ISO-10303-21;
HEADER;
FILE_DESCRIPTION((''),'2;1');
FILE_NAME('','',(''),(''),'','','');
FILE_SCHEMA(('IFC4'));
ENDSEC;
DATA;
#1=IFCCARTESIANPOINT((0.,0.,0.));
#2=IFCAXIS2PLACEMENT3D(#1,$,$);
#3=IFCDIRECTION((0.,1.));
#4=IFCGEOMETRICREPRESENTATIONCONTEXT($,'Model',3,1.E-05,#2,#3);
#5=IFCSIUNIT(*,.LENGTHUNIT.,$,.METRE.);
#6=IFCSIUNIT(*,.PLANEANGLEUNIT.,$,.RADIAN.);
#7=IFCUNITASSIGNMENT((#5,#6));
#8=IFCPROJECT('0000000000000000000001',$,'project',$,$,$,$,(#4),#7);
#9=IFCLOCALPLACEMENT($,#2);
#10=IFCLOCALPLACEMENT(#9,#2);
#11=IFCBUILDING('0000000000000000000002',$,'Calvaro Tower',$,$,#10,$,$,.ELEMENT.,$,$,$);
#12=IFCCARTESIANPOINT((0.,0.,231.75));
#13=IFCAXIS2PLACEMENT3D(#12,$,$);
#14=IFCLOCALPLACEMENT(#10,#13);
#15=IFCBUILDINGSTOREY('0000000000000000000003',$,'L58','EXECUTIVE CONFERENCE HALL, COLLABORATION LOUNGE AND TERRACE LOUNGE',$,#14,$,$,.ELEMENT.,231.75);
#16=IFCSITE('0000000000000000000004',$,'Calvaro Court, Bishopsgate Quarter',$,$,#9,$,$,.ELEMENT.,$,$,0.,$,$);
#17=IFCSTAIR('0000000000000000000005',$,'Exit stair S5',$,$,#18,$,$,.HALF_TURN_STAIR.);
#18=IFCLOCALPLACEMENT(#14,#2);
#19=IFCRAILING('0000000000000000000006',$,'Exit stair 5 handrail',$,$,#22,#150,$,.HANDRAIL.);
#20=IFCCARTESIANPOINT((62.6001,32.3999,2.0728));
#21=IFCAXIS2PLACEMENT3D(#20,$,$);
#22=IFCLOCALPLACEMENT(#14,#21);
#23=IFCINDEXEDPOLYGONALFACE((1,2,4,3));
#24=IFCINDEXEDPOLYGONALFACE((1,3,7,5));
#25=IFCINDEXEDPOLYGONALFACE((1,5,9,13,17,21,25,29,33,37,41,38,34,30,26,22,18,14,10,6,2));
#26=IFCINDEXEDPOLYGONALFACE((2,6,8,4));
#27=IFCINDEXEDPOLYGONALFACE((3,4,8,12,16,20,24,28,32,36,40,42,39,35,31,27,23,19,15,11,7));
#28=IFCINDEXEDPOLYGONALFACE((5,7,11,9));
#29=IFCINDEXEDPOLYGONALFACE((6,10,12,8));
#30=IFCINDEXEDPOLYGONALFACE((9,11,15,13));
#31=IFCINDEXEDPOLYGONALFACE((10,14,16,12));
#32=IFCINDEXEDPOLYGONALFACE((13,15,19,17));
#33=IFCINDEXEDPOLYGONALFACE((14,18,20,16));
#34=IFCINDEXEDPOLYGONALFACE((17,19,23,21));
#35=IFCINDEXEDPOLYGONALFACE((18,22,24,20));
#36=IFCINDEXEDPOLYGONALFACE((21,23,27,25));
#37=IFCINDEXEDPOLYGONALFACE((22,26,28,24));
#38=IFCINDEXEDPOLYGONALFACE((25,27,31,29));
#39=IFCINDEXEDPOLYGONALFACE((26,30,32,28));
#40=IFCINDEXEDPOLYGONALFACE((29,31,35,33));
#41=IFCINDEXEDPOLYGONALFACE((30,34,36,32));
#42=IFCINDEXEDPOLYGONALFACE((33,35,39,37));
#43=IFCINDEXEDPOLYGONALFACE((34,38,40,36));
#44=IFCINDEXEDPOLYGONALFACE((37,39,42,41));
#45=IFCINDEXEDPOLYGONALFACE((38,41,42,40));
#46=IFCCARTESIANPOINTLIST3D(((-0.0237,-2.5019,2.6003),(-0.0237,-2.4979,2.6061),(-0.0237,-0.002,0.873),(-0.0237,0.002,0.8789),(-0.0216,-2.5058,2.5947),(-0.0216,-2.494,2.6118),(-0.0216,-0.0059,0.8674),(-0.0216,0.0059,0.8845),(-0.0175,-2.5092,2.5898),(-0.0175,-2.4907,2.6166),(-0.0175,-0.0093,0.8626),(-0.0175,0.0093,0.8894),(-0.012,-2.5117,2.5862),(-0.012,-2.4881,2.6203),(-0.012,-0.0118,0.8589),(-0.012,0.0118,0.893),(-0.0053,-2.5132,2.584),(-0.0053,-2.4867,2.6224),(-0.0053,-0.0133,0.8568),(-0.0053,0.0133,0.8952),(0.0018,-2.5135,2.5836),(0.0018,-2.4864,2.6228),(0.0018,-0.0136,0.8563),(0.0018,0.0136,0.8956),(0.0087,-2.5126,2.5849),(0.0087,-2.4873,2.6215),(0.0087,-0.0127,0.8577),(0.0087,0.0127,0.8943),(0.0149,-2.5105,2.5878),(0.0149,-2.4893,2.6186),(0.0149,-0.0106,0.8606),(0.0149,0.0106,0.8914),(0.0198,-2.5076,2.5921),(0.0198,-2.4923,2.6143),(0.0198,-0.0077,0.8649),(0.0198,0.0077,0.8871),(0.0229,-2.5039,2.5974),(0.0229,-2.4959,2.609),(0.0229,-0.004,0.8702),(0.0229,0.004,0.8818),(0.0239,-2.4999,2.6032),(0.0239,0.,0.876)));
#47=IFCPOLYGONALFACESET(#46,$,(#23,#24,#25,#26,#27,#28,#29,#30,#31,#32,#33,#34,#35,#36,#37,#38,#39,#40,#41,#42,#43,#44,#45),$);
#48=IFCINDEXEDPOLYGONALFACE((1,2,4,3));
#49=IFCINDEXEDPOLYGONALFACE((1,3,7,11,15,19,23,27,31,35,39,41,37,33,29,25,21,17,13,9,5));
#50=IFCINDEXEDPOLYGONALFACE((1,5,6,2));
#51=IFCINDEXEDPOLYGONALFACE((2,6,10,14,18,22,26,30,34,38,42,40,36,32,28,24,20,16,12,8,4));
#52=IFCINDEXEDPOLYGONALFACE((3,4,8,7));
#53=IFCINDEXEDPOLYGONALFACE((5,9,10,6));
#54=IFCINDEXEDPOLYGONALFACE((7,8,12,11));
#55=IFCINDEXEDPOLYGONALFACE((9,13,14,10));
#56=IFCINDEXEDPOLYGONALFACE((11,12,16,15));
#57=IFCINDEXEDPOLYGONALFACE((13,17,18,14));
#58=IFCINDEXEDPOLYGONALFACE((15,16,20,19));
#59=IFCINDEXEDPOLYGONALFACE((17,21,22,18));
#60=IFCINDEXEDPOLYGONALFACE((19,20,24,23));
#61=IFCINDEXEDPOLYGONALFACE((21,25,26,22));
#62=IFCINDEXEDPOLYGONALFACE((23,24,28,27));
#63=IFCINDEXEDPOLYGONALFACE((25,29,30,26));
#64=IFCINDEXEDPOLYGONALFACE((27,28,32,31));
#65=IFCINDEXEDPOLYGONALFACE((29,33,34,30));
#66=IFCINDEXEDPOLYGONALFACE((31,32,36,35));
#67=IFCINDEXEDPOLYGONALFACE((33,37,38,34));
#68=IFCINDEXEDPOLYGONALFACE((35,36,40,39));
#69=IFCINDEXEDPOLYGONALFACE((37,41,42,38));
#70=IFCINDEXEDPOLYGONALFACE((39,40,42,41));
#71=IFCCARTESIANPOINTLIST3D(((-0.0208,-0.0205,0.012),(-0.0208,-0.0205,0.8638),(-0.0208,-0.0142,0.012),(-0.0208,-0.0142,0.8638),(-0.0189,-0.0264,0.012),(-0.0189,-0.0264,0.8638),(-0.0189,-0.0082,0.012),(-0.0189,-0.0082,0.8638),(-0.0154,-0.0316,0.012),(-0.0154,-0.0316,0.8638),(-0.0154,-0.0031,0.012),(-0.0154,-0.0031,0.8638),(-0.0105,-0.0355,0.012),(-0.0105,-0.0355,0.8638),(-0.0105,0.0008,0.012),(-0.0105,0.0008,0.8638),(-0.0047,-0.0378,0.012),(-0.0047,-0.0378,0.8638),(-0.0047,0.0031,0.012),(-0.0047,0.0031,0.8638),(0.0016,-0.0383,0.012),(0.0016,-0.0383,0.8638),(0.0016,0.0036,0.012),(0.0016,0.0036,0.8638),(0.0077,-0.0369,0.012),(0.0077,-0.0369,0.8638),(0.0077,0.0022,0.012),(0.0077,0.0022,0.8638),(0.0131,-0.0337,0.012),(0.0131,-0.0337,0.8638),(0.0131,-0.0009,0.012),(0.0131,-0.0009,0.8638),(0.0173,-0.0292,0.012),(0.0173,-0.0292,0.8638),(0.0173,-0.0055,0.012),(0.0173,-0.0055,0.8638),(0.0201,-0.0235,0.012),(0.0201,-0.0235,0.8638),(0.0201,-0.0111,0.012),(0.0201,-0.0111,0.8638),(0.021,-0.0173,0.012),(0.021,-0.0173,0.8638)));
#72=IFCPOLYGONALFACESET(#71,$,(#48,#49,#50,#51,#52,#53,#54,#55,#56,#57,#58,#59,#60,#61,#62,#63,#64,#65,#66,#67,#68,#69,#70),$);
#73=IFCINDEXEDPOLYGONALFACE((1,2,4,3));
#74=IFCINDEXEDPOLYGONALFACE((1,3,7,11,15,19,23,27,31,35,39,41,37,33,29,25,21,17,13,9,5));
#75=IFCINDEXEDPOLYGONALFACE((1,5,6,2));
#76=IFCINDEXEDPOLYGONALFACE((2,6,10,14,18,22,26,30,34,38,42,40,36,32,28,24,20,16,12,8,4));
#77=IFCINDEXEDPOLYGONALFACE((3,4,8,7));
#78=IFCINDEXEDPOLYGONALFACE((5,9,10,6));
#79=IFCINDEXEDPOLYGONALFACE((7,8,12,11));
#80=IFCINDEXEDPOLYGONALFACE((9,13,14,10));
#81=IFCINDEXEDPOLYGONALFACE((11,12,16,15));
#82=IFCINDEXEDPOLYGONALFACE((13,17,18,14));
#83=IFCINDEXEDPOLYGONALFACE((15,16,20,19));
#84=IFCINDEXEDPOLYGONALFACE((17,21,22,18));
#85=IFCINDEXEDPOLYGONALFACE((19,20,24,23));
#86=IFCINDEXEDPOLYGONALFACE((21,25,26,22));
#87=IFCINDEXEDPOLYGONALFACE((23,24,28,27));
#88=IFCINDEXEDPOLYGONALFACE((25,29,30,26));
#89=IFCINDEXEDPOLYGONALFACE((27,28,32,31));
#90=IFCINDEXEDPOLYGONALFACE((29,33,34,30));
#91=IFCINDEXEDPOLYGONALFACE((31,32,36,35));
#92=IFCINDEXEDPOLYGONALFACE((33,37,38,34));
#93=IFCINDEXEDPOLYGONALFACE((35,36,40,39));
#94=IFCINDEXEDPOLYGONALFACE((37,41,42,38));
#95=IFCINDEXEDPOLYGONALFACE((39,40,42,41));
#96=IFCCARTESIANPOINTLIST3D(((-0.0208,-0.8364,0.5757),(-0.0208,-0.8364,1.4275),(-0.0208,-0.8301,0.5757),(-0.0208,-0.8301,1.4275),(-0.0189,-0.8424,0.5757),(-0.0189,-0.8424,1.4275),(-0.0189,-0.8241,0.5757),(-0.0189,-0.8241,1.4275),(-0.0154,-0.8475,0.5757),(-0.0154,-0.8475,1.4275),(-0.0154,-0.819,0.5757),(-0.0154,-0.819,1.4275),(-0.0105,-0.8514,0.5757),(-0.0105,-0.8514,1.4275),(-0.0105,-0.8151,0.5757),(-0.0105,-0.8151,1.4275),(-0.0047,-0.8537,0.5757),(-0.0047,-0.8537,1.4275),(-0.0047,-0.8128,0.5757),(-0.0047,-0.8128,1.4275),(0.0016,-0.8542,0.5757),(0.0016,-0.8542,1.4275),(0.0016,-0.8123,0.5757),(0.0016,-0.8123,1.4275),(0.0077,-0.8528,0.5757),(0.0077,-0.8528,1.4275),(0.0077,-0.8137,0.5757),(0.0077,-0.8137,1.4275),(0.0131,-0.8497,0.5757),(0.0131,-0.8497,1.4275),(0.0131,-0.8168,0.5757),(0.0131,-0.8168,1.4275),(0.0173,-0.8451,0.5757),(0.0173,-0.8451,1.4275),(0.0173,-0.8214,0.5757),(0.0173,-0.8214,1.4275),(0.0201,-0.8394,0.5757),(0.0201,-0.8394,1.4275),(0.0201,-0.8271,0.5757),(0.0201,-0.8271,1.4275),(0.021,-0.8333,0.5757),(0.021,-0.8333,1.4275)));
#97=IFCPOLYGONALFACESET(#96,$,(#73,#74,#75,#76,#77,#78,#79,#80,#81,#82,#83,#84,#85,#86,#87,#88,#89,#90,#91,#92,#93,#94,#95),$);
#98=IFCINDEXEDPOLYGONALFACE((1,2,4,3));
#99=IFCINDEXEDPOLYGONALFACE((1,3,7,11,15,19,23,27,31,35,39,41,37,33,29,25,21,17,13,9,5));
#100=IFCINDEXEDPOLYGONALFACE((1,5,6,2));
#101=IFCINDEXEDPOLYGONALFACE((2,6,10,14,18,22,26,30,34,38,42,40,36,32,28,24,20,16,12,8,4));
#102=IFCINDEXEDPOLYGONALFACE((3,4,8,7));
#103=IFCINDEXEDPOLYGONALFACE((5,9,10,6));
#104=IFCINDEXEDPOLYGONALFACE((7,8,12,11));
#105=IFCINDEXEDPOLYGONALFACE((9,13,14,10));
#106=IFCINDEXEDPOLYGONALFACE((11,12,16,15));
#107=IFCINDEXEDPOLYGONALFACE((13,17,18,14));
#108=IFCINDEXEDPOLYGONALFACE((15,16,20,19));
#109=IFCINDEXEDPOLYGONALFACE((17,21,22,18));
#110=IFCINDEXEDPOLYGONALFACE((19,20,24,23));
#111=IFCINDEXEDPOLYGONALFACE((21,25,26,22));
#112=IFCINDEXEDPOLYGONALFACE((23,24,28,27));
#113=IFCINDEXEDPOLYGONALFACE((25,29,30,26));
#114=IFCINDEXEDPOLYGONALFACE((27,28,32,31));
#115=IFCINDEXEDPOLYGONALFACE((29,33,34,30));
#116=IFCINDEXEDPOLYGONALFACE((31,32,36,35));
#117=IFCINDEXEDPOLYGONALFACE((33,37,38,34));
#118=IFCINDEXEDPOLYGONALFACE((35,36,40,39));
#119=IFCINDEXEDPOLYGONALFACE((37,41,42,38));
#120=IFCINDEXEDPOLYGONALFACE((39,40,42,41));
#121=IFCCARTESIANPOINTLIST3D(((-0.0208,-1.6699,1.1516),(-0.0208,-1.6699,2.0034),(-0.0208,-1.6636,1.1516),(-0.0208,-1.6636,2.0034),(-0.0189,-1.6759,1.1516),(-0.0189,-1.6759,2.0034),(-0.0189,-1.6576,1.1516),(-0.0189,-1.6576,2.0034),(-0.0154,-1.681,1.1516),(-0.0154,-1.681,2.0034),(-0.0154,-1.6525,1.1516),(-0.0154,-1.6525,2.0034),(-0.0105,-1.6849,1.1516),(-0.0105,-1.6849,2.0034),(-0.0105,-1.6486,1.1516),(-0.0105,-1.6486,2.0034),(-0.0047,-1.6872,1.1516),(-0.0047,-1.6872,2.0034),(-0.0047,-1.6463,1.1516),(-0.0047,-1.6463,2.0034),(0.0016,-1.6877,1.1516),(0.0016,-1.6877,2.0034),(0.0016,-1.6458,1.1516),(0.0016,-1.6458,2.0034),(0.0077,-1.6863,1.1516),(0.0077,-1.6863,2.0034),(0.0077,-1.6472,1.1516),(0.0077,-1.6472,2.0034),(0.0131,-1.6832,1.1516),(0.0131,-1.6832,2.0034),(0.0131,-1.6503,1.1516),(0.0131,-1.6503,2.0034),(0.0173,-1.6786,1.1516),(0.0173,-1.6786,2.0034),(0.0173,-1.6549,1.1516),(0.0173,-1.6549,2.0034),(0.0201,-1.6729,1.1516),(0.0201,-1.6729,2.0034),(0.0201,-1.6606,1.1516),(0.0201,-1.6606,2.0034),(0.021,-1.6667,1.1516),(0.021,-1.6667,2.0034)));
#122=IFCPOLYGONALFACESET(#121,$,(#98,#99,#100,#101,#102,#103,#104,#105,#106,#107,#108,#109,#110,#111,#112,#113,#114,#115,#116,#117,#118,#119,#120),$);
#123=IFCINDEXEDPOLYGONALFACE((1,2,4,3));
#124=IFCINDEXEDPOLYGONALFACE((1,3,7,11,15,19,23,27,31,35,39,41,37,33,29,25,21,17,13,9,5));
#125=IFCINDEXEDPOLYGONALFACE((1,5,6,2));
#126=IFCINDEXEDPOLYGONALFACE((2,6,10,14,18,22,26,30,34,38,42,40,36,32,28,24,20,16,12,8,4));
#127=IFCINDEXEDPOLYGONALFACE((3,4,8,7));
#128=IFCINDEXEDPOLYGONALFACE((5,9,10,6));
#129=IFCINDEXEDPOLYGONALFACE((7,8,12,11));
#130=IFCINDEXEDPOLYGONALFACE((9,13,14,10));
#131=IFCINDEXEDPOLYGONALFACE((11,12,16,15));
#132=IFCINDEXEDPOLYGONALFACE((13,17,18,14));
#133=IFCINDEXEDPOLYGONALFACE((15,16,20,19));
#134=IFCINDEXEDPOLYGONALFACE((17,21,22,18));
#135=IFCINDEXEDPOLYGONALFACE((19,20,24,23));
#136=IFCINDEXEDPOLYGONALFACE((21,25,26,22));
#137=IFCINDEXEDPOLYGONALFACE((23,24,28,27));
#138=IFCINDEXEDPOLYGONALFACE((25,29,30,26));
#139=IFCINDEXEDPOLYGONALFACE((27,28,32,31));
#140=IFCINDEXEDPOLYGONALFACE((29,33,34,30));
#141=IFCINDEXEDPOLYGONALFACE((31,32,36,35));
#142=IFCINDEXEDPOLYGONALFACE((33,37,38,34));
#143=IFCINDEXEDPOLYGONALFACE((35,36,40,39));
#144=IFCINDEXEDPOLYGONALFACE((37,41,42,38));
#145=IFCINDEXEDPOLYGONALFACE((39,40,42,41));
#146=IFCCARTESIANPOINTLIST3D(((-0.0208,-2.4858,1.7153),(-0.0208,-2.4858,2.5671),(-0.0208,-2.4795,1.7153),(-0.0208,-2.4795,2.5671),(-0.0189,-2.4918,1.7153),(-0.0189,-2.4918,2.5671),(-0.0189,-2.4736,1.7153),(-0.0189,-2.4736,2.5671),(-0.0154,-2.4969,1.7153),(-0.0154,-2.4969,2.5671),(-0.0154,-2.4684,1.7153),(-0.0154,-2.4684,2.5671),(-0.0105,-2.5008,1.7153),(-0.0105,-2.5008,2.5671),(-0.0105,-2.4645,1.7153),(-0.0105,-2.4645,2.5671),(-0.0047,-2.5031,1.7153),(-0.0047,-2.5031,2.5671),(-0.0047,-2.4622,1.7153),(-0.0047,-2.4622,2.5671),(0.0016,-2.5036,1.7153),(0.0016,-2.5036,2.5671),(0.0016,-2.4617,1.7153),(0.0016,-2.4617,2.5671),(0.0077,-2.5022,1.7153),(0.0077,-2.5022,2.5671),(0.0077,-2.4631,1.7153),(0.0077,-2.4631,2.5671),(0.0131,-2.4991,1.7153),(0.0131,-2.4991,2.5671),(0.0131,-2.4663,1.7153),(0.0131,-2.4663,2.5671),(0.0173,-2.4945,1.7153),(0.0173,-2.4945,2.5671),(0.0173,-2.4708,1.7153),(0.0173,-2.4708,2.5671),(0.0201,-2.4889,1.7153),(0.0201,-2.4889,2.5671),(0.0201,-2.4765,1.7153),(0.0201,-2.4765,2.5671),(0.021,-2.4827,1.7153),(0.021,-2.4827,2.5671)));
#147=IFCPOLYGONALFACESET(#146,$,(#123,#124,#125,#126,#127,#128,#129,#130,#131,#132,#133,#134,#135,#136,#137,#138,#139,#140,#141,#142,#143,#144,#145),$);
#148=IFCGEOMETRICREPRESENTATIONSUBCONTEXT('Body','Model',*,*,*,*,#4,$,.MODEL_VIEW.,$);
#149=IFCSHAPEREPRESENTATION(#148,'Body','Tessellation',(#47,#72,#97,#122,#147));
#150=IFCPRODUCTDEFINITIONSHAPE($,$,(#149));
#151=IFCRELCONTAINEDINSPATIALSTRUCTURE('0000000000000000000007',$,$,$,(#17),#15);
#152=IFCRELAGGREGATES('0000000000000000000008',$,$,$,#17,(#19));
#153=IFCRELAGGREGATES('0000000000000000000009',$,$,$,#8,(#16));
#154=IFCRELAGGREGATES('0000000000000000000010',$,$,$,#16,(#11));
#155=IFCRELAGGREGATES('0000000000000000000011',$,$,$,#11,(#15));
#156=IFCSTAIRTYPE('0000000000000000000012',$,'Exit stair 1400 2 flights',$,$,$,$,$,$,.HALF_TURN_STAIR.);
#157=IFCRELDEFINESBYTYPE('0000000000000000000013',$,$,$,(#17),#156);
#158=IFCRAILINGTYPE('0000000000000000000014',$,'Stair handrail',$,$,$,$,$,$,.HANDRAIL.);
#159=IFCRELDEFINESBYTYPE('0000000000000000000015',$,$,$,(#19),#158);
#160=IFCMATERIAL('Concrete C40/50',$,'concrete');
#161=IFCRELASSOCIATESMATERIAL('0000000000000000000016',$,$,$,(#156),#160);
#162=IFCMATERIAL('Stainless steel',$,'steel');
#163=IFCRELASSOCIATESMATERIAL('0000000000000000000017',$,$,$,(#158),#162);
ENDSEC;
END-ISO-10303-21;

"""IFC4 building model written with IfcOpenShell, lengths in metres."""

from ifc_helpers import new_model, si_unit, direction, frame, origin, origin_2d, place, context, subcontext, project, spatial, circle, extrude, material, type_object, element, aggregate, save


model = new_model("IFC4")

# Units and contexts
model_context = context("Model", 3, precision=1e-05, world=origin(), true_north=direction((0.0, 1.0)))
body_context = subcontext(model_context, "Body", "Model", "MODEL_VIEW")
ifc_project = project(units=[si_unit("LENGTHUNIT", "METRE"), si_unit("PLANEANGLEUNIT", "RADIAN")], contexts=[model_context])

# Site, building, storey
site_placement = place(None, origin())
site = spatial("IfcSite", under=ifc_project, at=site_placement, Name="Calvaro Court, Bishopsgate Quarter", CompositionType="ELEMENT", RefElevation=0.0)
building_placement = place(site_placement, origin())
building = spatial("IfcBuilding", under=site, at=building_placement, Name="Calvaro Tower", CompositionType="ELEMENT")
storey_placement = place(building_placement, frame((0.0, 0.0, 231.75)))
storey = spatial("IfcBuildingStorey", under=building, at=storey_placement, Name="L58", Description="EXECUTIVE CONFERENCE HALL, COLLABORATION LOUNGE AND TERRACE LOUNGE", CompositionType="ELEMENT", Elevation=231.75)

# Stair, railing
ifc_material_1 = material(Name="Concrete C40/50", Category="concrete")
stair_type = type_object("IfcStairType", Name="Exit stair 1400 2 flights", PredefinedType="HALF_TURN_STAIR", material=ifc_material_1)
stair_placement = place(storey_placement, origin())
stair = element("IfcStair", 1, at=stair_placement, inside=storey, type_object=stair_type, Name="Exit stair S5", PredefinedType="HALF_TURN_STAIR")
ifc_material_2 = material(Name="Stainless steel", Category="steel")
railing_type = type_object("IfcRailingType", Name="Stair handrail", PredefinedType="HANDRAIL", material=ifc_material_2)
railing_1_placement = place(storey_placement, frame((62.6001, 32.3999, 2.0728)))
railing_1 = element("IfcRailing", 2, at=railing_1_placement, type_object=railing_type, Name="Exit stair 5 handrail", PredefinedType="HANDRAIL", context=body_context, shape_type="SweptSolid", body=[
    extrude(circle(Radius=0.0239, at=origin_2d()), frame((0.0, 0.0, 0.876), z_axis=(0.0, -0.822727, 0.568437), x_axis=(1.0, 0.0, 0.0)), (0.0, 0.0, 1.0), 3.0386),
    extrude(circle(Radius=0.021, at=origin_2d()), frame((0.0, -0.0173, 0.012)), (0.0, 0.0, 1.0), 0.8518),
    extrude(circle(Radius=0.021, at=origin_2d()), frame((0.0, -0.8333, 0.5757)), (0.0, 0.0, 1.0), 0.8518),
    extrude(circle(Radius=0.021, at=origin_2d()), frame((0.0, -1.6667, 1.1516)), (0.0, 0.0, 1.0), 0.8518),
    extrude(circle(Radius=0.021, at=origin_2d()), frame((0.0, -2.4827, 1.7153)), (0.0, 0.0, 1.0), 0.8518),
])
aggregate(stair, [railing_1])

save(model, "model.ifc")
